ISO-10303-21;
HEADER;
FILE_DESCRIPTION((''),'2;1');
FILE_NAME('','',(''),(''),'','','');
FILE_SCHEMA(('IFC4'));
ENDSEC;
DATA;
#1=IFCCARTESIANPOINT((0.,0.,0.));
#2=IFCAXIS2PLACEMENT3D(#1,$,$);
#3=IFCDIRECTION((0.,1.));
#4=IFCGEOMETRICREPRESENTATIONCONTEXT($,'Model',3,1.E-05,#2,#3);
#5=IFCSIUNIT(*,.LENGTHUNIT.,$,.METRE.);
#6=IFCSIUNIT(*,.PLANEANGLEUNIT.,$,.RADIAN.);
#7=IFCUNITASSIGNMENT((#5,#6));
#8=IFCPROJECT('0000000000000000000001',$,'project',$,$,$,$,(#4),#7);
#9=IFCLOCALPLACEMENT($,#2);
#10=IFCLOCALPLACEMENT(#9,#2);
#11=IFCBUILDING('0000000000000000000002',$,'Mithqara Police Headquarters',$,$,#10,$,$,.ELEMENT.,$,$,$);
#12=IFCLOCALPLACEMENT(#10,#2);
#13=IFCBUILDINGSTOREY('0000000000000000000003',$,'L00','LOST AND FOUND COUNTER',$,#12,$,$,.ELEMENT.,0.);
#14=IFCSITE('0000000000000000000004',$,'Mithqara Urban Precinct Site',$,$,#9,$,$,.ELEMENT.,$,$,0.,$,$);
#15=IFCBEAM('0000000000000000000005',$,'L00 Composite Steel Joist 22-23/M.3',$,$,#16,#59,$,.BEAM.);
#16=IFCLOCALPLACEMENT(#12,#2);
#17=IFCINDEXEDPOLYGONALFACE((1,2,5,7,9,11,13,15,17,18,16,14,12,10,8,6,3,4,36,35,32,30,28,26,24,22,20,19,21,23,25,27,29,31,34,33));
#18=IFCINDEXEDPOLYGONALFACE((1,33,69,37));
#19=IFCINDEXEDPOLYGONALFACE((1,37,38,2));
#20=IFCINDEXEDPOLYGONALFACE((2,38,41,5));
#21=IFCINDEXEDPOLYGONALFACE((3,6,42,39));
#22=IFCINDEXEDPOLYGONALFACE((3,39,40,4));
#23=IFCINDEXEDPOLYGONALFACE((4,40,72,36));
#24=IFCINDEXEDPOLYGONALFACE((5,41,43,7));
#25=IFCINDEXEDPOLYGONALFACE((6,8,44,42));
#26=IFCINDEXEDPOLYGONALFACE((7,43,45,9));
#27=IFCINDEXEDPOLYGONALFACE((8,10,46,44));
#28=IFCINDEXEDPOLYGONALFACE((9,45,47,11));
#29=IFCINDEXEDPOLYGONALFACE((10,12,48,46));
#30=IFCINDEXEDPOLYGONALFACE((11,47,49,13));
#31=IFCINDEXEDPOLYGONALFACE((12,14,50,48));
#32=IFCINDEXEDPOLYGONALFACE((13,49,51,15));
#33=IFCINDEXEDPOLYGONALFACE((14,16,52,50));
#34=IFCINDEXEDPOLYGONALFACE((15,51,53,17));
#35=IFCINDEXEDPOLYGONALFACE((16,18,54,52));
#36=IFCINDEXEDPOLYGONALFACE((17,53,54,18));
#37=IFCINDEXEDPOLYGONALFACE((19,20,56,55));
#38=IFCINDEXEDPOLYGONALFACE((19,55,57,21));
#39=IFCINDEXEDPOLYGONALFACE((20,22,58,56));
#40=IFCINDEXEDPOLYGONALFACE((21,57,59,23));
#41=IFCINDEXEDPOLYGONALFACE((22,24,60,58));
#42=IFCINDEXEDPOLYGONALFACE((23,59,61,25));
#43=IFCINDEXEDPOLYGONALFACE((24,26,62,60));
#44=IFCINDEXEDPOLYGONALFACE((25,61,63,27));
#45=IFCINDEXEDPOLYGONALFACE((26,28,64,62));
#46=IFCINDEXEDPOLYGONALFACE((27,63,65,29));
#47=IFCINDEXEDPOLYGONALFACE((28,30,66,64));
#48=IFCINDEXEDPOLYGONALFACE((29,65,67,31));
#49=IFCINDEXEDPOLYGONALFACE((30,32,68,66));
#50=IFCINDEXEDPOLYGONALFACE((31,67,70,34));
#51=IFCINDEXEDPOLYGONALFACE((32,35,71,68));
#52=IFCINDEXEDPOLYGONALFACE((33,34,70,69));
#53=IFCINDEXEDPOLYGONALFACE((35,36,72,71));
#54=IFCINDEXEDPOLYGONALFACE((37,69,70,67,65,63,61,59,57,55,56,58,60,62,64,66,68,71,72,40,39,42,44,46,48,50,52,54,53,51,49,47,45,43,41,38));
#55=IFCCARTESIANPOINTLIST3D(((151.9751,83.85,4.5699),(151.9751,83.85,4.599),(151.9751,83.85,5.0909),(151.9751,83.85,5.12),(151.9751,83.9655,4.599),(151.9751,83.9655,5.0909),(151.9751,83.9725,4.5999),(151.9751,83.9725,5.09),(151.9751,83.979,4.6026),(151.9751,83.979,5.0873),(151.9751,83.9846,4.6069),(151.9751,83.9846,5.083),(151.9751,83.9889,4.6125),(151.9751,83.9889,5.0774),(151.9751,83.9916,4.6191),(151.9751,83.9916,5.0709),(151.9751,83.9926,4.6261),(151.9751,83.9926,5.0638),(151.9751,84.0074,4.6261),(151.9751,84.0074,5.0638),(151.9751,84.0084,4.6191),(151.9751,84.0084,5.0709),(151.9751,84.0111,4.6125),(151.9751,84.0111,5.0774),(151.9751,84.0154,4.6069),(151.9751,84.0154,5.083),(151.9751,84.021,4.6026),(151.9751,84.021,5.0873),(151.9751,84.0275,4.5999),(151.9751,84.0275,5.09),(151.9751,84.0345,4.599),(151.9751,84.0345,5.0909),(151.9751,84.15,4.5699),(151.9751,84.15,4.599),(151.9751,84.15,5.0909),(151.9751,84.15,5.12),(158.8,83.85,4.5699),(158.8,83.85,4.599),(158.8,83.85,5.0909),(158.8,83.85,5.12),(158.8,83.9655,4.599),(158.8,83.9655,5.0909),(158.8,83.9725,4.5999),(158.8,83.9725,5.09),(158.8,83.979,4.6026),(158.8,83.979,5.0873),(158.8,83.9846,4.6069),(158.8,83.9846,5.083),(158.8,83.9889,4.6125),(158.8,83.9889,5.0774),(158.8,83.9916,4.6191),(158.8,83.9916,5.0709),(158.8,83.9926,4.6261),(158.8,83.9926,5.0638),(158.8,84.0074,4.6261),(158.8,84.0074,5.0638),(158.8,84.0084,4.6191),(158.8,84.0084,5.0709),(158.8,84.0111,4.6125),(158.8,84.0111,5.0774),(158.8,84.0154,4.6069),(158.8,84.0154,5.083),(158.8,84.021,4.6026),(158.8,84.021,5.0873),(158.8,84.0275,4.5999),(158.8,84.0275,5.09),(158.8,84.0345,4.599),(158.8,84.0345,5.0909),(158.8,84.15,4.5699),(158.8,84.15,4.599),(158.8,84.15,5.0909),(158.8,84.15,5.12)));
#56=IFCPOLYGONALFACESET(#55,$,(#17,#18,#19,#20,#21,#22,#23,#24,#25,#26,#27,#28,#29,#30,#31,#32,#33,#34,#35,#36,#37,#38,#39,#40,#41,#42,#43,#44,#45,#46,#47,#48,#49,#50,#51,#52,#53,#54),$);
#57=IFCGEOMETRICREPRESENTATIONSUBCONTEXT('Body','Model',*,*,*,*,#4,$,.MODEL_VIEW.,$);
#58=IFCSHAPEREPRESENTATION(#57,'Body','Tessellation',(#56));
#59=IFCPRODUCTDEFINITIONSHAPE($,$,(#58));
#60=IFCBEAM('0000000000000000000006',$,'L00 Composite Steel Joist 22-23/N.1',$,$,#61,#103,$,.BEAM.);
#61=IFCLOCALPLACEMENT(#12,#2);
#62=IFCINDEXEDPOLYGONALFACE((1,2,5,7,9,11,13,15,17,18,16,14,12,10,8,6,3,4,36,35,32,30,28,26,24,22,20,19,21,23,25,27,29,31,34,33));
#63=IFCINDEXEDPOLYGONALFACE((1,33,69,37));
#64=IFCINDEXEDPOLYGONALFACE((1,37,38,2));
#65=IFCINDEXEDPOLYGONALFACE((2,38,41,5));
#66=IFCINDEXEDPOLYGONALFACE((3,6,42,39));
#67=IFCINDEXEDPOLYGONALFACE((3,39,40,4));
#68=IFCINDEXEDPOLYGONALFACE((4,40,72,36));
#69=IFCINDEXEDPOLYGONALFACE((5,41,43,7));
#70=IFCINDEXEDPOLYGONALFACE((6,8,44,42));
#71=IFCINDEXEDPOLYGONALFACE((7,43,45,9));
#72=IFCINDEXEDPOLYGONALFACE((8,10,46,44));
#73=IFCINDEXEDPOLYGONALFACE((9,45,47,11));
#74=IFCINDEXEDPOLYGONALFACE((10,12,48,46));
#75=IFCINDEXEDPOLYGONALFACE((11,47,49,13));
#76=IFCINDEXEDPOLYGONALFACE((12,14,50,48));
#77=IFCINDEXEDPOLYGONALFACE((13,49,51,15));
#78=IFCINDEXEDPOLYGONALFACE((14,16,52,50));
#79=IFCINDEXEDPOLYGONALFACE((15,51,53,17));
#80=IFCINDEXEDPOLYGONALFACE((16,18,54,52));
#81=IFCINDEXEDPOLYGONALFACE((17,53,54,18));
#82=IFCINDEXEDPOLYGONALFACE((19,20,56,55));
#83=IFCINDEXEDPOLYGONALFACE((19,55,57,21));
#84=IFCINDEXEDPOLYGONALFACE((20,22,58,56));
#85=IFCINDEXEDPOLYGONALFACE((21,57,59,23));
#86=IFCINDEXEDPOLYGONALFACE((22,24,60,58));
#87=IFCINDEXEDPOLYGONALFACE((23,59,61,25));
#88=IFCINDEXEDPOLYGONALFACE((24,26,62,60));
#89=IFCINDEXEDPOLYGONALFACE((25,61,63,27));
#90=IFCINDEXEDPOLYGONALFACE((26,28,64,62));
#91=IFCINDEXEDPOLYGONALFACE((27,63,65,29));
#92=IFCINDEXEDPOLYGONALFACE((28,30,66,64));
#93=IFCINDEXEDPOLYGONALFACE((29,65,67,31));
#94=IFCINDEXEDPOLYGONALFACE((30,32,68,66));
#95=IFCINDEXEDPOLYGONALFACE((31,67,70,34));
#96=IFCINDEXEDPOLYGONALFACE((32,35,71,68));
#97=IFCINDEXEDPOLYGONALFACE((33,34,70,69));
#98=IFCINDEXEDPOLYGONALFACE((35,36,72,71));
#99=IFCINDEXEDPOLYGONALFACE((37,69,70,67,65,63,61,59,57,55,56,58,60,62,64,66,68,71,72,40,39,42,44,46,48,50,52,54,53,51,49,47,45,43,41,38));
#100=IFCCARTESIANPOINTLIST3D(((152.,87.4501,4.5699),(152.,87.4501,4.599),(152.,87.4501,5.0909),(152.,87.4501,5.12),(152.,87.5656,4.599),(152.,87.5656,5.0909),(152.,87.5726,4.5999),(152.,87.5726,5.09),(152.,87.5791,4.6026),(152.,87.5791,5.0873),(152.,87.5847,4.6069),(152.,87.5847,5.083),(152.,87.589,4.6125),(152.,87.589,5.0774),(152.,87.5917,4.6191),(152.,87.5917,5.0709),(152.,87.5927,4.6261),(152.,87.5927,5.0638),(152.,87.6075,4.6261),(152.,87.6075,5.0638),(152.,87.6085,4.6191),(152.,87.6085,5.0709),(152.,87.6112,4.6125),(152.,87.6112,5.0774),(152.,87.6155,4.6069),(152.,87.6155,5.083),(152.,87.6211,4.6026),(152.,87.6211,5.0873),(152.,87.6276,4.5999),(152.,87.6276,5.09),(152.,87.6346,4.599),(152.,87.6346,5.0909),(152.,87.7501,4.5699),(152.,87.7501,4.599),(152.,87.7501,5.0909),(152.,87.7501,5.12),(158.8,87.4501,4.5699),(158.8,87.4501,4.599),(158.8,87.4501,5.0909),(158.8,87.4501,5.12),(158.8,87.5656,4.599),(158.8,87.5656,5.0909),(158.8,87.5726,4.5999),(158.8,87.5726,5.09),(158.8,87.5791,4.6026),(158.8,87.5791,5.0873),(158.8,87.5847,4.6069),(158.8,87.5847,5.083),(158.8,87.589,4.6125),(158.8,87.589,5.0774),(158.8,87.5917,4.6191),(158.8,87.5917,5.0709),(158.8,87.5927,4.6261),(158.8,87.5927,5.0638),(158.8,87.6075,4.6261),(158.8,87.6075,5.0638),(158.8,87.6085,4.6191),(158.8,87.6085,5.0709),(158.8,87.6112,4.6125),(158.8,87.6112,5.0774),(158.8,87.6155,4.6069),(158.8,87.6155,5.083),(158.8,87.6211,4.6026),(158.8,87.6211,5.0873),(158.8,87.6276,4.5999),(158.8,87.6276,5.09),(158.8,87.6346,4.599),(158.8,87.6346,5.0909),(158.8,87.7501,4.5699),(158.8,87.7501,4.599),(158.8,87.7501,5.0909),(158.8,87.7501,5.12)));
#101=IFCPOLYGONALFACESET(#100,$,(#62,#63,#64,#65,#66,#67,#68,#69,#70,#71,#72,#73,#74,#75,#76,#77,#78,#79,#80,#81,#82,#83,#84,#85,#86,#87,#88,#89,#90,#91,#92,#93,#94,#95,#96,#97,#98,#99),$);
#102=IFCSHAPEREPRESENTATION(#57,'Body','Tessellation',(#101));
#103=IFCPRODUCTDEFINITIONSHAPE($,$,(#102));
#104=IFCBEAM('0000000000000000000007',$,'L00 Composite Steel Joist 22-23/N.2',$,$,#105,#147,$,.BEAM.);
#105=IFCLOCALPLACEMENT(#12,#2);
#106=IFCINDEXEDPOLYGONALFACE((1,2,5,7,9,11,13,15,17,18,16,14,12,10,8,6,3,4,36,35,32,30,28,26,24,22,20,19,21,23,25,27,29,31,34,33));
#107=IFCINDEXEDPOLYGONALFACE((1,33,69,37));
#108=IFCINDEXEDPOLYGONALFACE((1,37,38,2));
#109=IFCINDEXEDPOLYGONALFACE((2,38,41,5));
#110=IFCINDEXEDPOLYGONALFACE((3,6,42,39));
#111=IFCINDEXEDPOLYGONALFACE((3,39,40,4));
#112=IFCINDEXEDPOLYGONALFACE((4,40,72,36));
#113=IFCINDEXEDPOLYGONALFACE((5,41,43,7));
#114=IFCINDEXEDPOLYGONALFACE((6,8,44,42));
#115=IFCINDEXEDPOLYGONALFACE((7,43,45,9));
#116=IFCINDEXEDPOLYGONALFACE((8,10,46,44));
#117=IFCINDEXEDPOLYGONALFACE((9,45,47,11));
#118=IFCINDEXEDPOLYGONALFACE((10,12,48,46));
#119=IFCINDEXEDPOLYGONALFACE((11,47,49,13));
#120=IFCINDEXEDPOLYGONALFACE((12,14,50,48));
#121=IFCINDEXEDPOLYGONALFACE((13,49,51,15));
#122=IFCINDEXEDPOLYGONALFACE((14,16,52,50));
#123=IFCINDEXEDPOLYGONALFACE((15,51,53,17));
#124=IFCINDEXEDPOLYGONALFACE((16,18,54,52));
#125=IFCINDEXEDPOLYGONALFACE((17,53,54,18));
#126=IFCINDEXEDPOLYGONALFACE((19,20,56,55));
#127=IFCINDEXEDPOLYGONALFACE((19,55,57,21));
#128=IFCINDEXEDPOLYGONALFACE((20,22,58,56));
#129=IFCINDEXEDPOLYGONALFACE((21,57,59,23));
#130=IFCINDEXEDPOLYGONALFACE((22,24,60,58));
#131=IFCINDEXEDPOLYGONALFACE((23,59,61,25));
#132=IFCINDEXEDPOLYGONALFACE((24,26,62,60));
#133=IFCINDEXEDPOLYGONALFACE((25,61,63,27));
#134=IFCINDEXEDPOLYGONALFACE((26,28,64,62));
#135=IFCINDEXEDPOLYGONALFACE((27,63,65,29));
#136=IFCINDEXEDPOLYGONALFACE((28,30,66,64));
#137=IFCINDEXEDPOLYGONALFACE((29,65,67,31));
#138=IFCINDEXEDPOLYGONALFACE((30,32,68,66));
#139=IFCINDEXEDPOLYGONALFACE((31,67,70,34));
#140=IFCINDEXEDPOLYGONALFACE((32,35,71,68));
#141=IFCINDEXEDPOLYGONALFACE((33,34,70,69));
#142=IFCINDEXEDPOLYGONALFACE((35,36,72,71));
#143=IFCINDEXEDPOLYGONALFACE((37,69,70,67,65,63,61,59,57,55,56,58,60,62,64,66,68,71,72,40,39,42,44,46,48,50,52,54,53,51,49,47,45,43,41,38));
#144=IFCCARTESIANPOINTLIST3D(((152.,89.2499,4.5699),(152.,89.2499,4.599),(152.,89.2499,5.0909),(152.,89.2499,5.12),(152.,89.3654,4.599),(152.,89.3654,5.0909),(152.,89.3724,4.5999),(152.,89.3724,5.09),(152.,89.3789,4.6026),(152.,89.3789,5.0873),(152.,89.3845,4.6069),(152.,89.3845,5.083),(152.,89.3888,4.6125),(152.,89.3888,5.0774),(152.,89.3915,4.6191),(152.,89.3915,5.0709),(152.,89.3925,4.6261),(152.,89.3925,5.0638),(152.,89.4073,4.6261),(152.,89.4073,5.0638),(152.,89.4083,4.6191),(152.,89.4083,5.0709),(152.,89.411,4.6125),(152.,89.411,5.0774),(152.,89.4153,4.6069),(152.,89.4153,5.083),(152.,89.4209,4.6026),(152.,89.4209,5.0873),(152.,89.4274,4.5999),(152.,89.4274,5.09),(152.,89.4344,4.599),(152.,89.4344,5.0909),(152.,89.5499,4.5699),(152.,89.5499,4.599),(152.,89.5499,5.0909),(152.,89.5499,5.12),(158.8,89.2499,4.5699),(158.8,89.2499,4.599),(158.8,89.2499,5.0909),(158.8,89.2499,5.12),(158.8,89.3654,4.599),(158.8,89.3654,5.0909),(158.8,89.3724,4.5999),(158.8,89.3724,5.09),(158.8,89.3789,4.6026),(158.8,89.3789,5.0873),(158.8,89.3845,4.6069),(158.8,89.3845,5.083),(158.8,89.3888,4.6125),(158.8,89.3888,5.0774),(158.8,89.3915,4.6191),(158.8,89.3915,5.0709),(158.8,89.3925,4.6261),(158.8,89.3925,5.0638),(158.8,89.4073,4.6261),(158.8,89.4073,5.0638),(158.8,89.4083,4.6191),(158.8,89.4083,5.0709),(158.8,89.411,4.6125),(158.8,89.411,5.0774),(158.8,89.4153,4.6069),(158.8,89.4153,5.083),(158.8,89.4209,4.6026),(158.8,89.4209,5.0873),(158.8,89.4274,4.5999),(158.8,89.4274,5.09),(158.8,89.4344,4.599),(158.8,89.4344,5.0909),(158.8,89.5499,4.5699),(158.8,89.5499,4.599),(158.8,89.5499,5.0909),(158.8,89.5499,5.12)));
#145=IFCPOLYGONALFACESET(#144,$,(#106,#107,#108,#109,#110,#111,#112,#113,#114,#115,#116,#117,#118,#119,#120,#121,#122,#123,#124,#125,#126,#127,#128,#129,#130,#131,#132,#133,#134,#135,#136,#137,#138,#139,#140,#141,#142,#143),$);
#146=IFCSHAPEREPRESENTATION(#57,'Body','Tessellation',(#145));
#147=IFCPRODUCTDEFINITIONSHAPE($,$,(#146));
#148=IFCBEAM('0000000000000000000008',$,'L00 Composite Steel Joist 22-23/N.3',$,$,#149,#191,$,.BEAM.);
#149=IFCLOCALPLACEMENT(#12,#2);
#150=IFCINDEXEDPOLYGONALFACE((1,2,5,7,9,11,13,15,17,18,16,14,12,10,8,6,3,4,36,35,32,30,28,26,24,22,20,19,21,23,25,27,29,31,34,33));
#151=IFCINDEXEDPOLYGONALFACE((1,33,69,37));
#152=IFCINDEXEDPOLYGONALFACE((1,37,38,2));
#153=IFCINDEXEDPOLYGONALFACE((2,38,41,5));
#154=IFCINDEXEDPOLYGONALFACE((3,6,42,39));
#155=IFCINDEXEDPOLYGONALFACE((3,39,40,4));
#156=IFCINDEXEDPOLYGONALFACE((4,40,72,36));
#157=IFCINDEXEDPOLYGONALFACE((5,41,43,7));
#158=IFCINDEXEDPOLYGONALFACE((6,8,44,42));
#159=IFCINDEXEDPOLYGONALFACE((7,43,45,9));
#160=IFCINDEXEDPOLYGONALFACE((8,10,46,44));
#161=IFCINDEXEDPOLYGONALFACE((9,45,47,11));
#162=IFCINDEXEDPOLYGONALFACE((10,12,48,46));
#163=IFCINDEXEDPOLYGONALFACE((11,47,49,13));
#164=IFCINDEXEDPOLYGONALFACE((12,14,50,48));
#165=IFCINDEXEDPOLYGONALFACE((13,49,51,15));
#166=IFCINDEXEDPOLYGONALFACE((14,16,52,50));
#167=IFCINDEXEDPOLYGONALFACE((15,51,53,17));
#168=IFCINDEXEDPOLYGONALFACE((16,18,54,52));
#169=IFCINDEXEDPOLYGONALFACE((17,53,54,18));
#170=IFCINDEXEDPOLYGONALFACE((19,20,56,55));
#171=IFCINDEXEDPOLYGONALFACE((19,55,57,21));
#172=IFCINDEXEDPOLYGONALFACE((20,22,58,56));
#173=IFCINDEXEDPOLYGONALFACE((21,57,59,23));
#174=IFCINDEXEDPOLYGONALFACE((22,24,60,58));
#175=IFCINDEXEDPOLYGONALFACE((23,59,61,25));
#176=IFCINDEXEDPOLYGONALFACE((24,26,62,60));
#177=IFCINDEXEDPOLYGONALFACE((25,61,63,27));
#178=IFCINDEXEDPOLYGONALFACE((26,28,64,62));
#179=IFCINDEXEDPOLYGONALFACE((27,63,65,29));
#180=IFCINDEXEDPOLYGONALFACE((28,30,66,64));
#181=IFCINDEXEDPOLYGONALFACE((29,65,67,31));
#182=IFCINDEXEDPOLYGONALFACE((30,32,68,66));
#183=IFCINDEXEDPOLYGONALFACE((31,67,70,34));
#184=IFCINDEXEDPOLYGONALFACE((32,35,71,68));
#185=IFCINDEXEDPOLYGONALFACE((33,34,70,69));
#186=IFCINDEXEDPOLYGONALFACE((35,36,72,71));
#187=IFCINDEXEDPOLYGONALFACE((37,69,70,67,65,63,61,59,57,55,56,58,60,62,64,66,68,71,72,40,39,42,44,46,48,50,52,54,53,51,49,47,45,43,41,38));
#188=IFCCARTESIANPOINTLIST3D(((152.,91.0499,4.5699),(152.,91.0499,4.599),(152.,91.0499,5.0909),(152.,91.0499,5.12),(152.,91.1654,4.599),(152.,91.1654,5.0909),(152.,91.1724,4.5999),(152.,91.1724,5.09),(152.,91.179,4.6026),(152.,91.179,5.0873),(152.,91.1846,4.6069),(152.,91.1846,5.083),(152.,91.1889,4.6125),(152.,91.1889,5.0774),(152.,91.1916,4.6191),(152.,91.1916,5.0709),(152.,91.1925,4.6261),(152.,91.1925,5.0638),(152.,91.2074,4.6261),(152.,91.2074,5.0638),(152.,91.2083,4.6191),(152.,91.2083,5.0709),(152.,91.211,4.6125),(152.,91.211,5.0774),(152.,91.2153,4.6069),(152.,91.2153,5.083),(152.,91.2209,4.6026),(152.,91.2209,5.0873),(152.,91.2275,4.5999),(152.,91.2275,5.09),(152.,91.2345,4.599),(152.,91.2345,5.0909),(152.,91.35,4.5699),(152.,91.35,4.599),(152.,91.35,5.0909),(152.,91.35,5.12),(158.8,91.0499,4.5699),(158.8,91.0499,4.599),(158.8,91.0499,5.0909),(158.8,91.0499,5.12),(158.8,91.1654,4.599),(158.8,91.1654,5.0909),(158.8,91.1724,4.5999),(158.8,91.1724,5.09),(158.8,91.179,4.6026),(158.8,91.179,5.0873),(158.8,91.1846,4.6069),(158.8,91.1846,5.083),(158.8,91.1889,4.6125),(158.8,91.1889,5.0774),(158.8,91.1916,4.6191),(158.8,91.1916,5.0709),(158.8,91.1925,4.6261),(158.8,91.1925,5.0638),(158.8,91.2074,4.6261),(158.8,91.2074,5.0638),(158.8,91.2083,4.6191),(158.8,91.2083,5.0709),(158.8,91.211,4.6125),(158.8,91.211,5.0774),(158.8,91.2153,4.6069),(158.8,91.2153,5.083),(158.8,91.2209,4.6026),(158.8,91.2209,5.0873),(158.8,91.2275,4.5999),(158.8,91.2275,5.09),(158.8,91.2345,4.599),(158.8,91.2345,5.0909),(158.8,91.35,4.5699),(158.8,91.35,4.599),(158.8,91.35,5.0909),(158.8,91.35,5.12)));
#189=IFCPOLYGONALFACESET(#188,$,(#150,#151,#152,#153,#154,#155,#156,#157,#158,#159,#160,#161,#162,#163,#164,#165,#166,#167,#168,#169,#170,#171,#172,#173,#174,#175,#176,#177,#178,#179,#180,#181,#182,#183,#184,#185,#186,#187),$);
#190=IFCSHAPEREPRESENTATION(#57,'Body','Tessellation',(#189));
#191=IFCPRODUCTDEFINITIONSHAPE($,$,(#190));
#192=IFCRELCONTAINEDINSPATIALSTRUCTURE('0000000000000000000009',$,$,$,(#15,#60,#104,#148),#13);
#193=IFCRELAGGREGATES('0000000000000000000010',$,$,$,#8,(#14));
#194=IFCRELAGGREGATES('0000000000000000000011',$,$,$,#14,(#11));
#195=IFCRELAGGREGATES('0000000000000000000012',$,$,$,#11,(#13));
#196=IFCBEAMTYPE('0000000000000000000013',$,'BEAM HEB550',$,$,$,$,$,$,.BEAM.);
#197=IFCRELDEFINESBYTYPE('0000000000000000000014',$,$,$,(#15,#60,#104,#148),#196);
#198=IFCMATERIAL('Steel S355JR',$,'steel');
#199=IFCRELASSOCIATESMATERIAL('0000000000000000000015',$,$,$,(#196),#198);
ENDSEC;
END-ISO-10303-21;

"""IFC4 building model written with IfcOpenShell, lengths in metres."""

from ifc_helpers import new_model, si_unit, direction, frame, origin, origin_2d, place, context, subcontext, project, spatial, i_section, extrude, material, material_profile, profile_set, type_object, element, save


model = new_model("IFC4")

# Units and contexts
model_context = context("Model", 3, precision=1e-05, world=origin(), true_north=direction((0.0, 1.0)))
body_context = subcontext(model_context, "Body", "Model", "MODEL_VIEW")
ifc_project = project(units=[si_unit("LENGTHUNIT", "METRE"), si_unit("PLANEANGLEUNIT", "RADIAN")], contexts=[model_context])

# Site, building, storey
site_placement = place(None, origin())
site = spatial("IfcSite", under=ifc_project, at=site_placement, Name="Mithqara Urban Precinct Site", CompositionType="ELEMENT", RefElevation=0.0)
building_placement = place(site_placement, origin())
building = spatial("IfcBuilding", under=site, at=building_placement, Name="Mithqara Police Headquarters", CompositionType="ELEMENT")
storey_placement = place(building_placement, origin())
storey = spatial("IfcBuildingStorey", under=building, at=storey_placement, Name="L00", Description="LOST AND FOUND COUNTER", CompositionType="ELEMENT", Elevation=0.0)

# Beams
ifc_material_1 = material(Name="Steel S355JR", Category="steel")
ifc_material_profile_1 = material_profile(ifc_material_1, i_section(OverallWidth=0.3, OverallDepth=0.55, WebThickness=0.0149, FlangeThickness=0.0291, FilletRadius=0.0271, at=origin_2d()), Name="HEB 550")
ifc_profile_set_1 = profile_set([ifc_material_profile_1], Name="Steel S355JR")
beam_type_1 = type_object("IfcBeamType", Name="BEAM HEB550", PredefinedType="BEAM", material=ifc_profile_set_1)
for number, where, z_axis, x_axis, name in (
    (1, (151.9751, 84.0, 4.845), (1.0, 0.0, 0.0), (0.0, 1.0, 0.0), "L00 Composite Steel Joist 22-23/M.3"),
):
    element("IfcBeam", number, at=place(storey_placement, frame(where, z_axis=z_axis, x_axis=x_axis)), inside=storey, type_object=beam_type_1, Name=name, PredefinedType="BEAM", context=body_context, shape_type="SweptSolid", body=[
        extrude(i_section(OverallWidth=0.3, OverallDepth=0.55, WebThickness=0.0149, FlangeThickness=0.0291, FilletRadius=0.0271, at=origin_2d()), origin(), (0.0, 0.0, 1.0), 6.825),
    ])
for number, where, z_axis, x_axis, name in (
    (2, (152.0, 87.6001, 4.845), (1.0, 0.0, 0.0), (0.0, 1.0, 0.0), "L00 Composite Steel Joist 22-23/N.1"),
    (3, (152.0, 89.3999, 4.845), (1.0, 0.0, 0.0), (0.0, 1.0, 0.0), "L00 Composite Steel Joist 22-23/N.2"),
    (4, (152.0, 91.2, 4.845), (1.0, 0.0, 0.0), (0.0, 1.0, 0.0), "L00 Composite Steel Joist 22-23/N.3"),
):
    element("IfcBeam", number, at=place(storey_placement, frame(where, z_axis=z_axis, x_axis=x_axis)), inside=storey, type_object=beam_type_1, Name=name, PredefinedType="BEAM", context=body_context, shape_type="SweptSolid", body=[
        extrude(i_section(OverallWidth=0.3, OverallDepth=0.55, WebThickness=0.0149, FlangeThickness=0.0291, FilletRadius=0.0271, at=origin_2d()), origin(), (0.0, 0.0, 1.0), 6.8),
    ])

save(model, "model.ifc")
